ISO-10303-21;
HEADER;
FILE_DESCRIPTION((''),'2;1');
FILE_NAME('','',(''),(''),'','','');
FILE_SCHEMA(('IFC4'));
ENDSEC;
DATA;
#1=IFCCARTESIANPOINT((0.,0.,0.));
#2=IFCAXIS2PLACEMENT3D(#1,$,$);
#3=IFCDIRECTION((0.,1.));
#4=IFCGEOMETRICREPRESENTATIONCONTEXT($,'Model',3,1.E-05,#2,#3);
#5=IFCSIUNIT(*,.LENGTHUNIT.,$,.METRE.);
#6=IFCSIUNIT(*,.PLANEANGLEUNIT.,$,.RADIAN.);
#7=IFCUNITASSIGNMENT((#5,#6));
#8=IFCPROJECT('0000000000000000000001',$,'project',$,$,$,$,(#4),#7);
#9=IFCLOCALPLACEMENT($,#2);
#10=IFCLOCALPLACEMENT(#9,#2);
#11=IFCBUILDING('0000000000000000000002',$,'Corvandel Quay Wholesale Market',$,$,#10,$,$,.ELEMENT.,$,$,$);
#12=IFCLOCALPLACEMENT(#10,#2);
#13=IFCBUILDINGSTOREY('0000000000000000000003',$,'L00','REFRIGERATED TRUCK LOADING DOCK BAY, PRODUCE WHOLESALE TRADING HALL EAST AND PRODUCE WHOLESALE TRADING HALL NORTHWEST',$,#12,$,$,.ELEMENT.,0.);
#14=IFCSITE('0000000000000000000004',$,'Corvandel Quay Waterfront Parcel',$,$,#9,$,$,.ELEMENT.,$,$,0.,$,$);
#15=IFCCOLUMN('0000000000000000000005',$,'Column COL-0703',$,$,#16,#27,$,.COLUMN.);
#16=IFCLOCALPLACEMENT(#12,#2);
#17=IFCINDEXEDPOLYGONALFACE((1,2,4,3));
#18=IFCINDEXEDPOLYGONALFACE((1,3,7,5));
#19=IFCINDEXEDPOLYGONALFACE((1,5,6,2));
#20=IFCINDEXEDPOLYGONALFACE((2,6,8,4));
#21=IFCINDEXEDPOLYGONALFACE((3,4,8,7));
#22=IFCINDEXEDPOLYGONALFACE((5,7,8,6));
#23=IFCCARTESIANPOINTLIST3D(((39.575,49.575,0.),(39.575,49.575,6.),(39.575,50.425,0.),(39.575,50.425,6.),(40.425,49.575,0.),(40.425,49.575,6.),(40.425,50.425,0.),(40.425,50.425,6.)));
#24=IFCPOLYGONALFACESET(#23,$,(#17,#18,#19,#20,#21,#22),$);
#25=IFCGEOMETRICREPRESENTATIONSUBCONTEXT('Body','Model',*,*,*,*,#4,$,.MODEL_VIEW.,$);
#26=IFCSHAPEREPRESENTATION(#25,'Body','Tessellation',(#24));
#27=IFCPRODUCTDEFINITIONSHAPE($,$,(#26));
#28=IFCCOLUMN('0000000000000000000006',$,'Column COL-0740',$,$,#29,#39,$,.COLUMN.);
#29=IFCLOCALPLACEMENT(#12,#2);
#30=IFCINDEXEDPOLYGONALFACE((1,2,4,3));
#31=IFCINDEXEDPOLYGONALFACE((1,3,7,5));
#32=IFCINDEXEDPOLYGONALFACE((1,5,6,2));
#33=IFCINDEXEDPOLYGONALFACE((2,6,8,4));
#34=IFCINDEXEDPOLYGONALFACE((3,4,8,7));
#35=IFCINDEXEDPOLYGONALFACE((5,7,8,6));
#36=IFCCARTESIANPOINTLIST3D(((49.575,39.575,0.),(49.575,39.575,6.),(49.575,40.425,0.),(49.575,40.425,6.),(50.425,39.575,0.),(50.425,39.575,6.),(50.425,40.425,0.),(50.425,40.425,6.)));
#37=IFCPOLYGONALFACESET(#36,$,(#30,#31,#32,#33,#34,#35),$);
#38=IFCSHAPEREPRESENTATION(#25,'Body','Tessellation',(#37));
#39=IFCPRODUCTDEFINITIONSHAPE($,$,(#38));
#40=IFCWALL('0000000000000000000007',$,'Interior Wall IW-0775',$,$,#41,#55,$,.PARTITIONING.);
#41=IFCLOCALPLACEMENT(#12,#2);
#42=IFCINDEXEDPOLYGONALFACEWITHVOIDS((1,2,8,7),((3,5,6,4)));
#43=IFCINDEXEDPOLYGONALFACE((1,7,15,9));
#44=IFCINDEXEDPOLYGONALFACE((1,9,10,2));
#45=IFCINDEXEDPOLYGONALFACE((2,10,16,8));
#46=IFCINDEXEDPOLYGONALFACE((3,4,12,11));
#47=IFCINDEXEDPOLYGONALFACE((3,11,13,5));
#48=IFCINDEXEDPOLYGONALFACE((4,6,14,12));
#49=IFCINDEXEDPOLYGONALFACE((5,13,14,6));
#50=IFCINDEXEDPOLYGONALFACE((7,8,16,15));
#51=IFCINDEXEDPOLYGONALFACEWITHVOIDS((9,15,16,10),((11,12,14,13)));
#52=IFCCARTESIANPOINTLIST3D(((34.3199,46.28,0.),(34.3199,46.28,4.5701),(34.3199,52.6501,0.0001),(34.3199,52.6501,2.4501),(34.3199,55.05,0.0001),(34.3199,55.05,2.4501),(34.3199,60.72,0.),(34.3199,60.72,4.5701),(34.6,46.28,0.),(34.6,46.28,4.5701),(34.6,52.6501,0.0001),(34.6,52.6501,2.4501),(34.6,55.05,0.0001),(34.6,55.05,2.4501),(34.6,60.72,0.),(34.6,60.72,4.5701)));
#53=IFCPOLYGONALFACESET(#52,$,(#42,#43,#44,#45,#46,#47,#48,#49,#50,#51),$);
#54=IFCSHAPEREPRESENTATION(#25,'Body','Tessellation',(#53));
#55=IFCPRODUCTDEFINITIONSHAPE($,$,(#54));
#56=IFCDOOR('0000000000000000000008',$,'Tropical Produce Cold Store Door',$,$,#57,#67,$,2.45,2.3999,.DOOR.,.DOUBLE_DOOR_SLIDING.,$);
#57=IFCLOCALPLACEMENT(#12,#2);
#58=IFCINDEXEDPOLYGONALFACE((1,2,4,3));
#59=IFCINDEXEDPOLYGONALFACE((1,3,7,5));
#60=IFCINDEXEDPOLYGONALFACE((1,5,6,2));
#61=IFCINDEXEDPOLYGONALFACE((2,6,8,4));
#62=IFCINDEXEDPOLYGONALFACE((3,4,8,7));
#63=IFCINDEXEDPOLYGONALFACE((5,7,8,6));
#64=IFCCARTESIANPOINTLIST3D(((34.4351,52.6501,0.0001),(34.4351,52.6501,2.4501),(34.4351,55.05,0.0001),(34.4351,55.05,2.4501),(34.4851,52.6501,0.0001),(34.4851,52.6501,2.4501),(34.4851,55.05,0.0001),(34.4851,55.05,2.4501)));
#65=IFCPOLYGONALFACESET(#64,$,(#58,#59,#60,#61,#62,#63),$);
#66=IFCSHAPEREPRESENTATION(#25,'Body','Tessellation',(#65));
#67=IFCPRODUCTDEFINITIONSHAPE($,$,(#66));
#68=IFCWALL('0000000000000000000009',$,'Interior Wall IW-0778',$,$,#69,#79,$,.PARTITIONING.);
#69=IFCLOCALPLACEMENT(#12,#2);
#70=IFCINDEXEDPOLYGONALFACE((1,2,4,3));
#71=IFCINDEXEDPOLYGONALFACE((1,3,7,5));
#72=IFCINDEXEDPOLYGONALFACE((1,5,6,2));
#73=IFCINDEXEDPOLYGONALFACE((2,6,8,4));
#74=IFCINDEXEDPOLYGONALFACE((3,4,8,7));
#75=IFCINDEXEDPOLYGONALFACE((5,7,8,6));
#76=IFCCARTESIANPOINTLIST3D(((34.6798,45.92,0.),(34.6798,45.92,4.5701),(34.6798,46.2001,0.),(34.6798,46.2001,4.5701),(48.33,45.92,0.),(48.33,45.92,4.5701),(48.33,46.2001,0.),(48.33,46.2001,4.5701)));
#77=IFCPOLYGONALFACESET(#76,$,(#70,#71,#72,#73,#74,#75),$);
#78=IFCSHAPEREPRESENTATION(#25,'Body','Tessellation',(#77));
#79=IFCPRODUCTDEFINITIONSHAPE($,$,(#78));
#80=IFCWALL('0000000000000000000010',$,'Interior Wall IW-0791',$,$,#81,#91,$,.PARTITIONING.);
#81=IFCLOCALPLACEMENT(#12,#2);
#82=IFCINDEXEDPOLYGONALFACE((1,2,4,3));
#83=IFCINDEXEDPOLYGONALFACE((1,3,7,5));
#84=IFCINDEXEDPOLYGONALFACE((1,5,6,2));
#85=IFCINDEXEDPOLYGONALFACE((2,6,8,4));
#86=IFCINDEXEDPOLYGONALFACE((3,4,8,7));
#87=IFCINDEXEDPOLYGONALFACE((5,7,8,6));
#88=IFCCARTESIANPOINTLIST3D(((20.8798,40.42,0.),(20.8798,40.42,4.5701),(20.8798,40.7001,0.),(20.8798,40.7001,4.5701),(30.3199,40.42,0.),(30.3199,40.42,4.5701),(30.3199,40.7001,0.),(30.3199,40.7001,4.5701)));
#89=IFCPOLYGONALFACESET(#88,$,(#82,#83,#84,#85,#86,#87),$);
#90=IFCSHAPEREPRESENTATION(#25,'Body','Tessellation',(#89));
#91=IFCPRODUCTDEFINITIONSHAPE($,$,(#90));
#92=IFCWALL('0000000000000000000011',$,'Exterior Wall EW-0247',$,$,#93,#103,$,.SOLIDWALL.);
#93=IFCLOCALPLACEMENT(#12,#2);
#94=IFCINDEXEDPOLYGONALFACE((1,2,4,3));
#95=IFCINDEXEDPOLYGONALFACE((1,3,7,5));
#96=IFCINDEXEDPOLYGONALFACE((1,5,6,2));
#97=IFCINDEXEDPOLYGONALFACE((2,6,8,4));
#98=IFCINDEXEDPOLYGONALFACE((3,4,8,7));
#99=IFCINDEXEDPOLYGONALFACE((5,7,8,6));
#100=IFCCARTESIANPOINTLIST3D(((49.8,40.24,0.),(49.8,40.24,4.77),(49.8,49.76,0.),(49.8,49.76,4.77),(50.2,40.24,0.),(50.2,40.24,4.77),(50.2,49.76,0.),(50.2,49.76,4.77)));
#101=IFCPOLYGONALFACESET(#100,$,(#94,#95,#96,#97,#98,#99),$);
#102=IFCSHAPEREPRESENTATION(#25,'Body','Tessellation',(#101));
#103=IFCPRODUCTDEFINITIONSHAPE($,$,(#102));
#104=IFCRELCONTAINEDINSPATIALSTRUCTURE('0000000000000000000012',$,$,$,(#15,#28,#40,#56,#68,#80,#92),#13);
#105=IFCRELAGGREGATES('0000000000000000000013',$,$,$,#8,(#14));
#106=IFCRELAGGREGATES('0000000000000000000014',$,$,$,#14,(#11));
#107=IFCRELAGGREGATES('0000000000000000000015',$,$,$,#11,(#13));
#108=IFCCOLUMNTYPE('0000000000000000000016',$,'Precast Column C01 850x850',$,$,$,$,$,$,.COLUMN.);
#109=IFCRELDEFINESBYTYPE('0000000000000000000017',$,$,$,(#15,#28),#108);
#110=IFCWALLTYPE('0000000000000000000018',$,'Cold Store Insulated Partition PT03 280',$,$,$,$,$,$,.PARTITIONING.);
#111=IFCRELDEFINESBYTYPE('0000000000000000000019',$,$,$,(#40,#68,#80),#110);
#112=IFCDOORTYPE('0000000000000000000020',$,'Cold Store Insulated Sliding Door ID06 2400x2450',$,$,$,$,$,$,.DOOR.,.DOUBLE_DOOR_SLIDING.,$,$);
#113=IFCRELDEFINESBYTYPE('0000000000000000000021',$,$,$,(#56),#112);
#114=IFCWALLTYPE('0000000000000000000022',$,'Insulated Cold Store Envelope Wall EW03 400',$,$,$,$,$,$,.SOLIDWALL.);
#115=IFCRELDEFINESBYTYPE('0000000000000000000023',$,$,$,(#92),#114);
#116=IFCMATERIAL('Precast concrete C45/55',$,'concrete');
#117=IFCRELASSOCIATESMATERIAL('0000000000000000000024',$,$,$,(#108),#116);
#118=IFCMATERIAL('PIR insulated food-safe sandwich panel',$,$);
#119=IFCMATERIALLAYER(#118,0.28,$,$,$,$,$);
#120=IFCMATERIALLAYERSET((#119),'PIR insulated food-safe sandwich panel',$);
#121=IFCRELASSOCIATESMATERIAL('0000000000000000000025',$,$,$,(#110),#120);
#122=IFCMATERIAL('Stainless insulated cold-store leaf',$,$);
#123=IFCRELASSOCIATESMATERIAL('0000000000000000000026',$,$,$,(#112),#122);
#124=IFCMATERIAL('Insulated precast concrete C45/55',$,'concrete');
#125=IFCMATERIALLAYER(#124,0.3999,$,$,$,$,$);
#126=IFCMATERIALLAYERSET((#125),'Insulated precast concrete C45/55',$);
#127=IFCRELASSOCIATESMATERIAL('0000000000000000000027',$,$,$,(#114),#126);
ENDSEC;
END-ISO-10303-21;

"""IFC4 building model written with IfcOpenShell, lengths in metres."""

from ifc_helpers import new_model, si_unit, direction, frame, frame_2d, origin, origin_2d, place, context, subcontext, project, spatial, rectangle, extrude, material, layer, layer_set, material_profile, profile_set, type_object, element, fill, save


model = new_model("IFC4")

# Units and contexts
model_context = context("Model", 3, precision=1e-05, world=origin(), true_north=direction((0.0, 1.0)))
body_context = subcontext(model_context, "Body", "Model", "MODEL_VIEW")
ifc_project = project(units=[si_unit("LENGTHUNIT", "METRE"), si_unit("PLANEANGLEUNIT", "RADIAN")], contexts=[model_context])

# Site, building, storey
site_placement = place(None, origin())
site = spatial("IfcSite", under=ifc_project, at=site_placement, Name="Corvandel Quay Waterfront Parcel", CompositionType="ELEMENT", RefElevation=0.0)
building_placement = place(site_placement, origin())
building = spatial("IfcBuilding", under=site, at=building_placement, Name="Corvandel Quay Wholesale Market", CompositionType="ELEMENT")
storey_placement = place(building_placement, origin())
storey = spatial("IfcBuildingStorey", under=building, at=storey_placement, Name="L00", Description="REFRIGERATED TRUCK LOADING DOCK BAY, PRODUCE WHOLESALE TRADING HALL EAST AND PRODUCE WHOLESALE TRADING HALL NORTHWEST", CompositionType="ELEMENT", Elevation=0.0)

# Columns
ifc_material_1 = material(Name="Precast concrete C45/55", Category="concrete")
ifc_material_profile_1 = material_profile(ifc_material_1, rectangle(XDim=0.8501, YDim=0.8501, at=origin_2d()), Name="PC-COL-850x850")
ifc_profile_set_1 = profile_set([ifc_material_profile_1], Name="Precast concrete C45/55")
column_type = type_object("IfcColumnType", Name="Precast Column C01 850x850", PredefinedType="COLUMN", material=ifc_profile_set_1)
for number, where, z_axis, x_axis, name in (
    (1, (40.0, 50.0, 0.0), (0.0, 0.0, 1.0), (1.0, 0.0, 0.0), "Column COL-0703"),
    (2, (50.0, 40.0, 0.0), (0.0, 0.0, 1.0), (1.0, 0.0, 0.0), "Column COL-0740"),
):
    element("IfcColumn", number, at=place(storey_placement, frame(where, z_axis=z_axis, x_axis=x_axis)), inside=storey, type_object=column_type, Name=name, PredefinedType="COLUMN", context=body_context, shape_type="SweptSolid", body=[
        extrude(rectangle(XDim=0.8501, YDim=0.8501, at=origin_2d()), origin(), (0.0, 0.0, 1.0), 6.0),
    ])

# Wall, opening, door
ifc_material_2 = material(Name="PIR insulated food-safe sandwich panel")
ifc_layer_1 = layer(ifc_material_2, 0.28)
ifc_layer_set_1 = layer_set([ifc_layer_1], Name="PIR insulated food-safe sandwich panel")
wall_type_1 = type_object("IfcWallType", Name="Cold Store Insulated Partition PT03 280", PredefinedType="PARTITIONING", material=ifc_layer_set_1)
wall_1_placement = place(storey_placement, frame((34.46, 46.28, 0.0), z_axis=(0.0, 0.0, 1.0), x_axis=(0.0, 1.0, 0.0)))
wall_1 = element("IfcWall", 3, at=wall_1_placement, inside=storey, type_object=wall_type_1, Name="Interior Wall IW-0775", PredefinedType="PARTITIONING", context=body_context, shape_type="SweptSolid", body=[
    extrude(rectangle(XDim=14.4399, YDim=0.28, at=frame_2d((7.22, 0.0))), origin(), (0.0, 0.0, 1.0), 4.5701),
])
opening_placement = place(wall_1_placement, frame((6.3701, 0.0, 0.0)))
opening = element("IfcOpeningElement", 4, at=opening_placement, cuts=wall_1, PredefinedType="OPENING", context=body_context, shape_type="SweptSolid", body=[
    extrude(rectangle(XDim=2.3999, YDim=2.45, at=frame_2d((1.2, 1.2251))), frame((0.0, 0.1499, 0.0), z_axis=(0.0, -1.0, 0.0), x_axis=(1.0, 0.0, 0.0)), (0.0, 0.0, 1.0), 0.3),
])
ifc_material_3 = material(Name="Stainless insulated cold-store leaf")
door_type = type_object("IfcDoorType", Name="Cold Store Insulated Sliding Door ID06 2400x2450", OperationType="DOUBLE_DOOR_SLIDING", PredefinedType="DOOR", material=ifc_material_3)
door_placement = place(opening_placement, origin())
door = element("IfcDoor", 5, at=door_placement, inside=storey, type_object=door_type, Name="Tropical Produce Cold Store Door", OperationType="DOUBLE_DOOR_SLIDING", OverallHeight=2.45, OverallWidth=2.3999, PredefinedType="DOOR", context=body_context, shape_type="SweptSolid", body=[
    extrude(rectangle(XDim=2.3999, YDim=2.45, at=frame_2d((1.2, 1.2251))), frame((0.0, 0.0249, 0.0), z_axis=(0.0, -1.0, 0.0), x_axis=(1.0, 0.0, 0.0)), (0.0, 0.0, 1.0), 0.05),
])
fill(opening, door)

# Walls
wall_2_placement = place(storey_placement, frame((48.3301, 46.0601, 0.0), z_axis=(0.0, 0.0, 1.0), x_axis=(-1.0, 0.0, 0.0)))
element("IfcWall", 6, at=wall_2_placement, inside=storey, type_object=wall_type_1, Name="Interior Wall IW-0778", PredefinedType="PARTITIONING", context=body_context, shape_type="SweptSolid", body=[
    extrude(rectangle(XDim=13.6501, YDim=0.28, at=frame_2d((6.8252, 0.0))), origin(), (0.0, 0.0, 1.0), 4.5701),
])
wall_3_placement = place(storey_placement, frame((30.3201, 40.5601, 0.0), z_axis=(0.0, 0.0, 1.0), x_axis=(-1.0, 0.0, 0.0)))
element("IfcWall", 7, at=wall_3_placement, inside=storey, type_object=wall_type_1, Name="Interior Wall IW-0791", PredefinedType="PARTITIONING", context=body_context, shape_type="SweptSolid", body=[
    extrude(rectangle(XDim=9.4402, YDim=0.28, at=frame_2d((4.7202, 0.0))), origin(), (0.0, 0.0, 1.0), 4.5701),
])
ifc_material_4 = material(Name="Insulated precast concrete C45/55", Category="concrete")
ifc_layer_2 = layer(ifc_material_4, 0.3999)
ifc_layer_set_2 = layer_set([ifc_layer_2], Name="Insulated precast concrete C45/55")
wall_type_2 = type_object("IfcWallType", Name="Insulated Cold Store Envelope Wall EW03 400", PredefinedType="SOLIDWALL", material=ifc_layer_set_2)
wall_4_placement = place(storey_placement, frame((50.0, 49.76, 0.0), z_axis=(0.0, 0.0, 1.0), x_axis=(0.0, -1.0, 0.0)))
element("IfcWall", 8, at=wall_4_placement, inside=storey, type_object=wall_type_2, Name="Exterior Wall EW-0247", PredefinedType="SOLIDWALL", context=body_context, shape_type="SweptSolid", body=[
    extrude(rectangle(XDim=9.52, YDim=0.3999, at=frame_2d((4.76, 0.0))), origin(), (0.0, 0.0, 1.0), 4.77),
])

save(model, "model.ifc")
